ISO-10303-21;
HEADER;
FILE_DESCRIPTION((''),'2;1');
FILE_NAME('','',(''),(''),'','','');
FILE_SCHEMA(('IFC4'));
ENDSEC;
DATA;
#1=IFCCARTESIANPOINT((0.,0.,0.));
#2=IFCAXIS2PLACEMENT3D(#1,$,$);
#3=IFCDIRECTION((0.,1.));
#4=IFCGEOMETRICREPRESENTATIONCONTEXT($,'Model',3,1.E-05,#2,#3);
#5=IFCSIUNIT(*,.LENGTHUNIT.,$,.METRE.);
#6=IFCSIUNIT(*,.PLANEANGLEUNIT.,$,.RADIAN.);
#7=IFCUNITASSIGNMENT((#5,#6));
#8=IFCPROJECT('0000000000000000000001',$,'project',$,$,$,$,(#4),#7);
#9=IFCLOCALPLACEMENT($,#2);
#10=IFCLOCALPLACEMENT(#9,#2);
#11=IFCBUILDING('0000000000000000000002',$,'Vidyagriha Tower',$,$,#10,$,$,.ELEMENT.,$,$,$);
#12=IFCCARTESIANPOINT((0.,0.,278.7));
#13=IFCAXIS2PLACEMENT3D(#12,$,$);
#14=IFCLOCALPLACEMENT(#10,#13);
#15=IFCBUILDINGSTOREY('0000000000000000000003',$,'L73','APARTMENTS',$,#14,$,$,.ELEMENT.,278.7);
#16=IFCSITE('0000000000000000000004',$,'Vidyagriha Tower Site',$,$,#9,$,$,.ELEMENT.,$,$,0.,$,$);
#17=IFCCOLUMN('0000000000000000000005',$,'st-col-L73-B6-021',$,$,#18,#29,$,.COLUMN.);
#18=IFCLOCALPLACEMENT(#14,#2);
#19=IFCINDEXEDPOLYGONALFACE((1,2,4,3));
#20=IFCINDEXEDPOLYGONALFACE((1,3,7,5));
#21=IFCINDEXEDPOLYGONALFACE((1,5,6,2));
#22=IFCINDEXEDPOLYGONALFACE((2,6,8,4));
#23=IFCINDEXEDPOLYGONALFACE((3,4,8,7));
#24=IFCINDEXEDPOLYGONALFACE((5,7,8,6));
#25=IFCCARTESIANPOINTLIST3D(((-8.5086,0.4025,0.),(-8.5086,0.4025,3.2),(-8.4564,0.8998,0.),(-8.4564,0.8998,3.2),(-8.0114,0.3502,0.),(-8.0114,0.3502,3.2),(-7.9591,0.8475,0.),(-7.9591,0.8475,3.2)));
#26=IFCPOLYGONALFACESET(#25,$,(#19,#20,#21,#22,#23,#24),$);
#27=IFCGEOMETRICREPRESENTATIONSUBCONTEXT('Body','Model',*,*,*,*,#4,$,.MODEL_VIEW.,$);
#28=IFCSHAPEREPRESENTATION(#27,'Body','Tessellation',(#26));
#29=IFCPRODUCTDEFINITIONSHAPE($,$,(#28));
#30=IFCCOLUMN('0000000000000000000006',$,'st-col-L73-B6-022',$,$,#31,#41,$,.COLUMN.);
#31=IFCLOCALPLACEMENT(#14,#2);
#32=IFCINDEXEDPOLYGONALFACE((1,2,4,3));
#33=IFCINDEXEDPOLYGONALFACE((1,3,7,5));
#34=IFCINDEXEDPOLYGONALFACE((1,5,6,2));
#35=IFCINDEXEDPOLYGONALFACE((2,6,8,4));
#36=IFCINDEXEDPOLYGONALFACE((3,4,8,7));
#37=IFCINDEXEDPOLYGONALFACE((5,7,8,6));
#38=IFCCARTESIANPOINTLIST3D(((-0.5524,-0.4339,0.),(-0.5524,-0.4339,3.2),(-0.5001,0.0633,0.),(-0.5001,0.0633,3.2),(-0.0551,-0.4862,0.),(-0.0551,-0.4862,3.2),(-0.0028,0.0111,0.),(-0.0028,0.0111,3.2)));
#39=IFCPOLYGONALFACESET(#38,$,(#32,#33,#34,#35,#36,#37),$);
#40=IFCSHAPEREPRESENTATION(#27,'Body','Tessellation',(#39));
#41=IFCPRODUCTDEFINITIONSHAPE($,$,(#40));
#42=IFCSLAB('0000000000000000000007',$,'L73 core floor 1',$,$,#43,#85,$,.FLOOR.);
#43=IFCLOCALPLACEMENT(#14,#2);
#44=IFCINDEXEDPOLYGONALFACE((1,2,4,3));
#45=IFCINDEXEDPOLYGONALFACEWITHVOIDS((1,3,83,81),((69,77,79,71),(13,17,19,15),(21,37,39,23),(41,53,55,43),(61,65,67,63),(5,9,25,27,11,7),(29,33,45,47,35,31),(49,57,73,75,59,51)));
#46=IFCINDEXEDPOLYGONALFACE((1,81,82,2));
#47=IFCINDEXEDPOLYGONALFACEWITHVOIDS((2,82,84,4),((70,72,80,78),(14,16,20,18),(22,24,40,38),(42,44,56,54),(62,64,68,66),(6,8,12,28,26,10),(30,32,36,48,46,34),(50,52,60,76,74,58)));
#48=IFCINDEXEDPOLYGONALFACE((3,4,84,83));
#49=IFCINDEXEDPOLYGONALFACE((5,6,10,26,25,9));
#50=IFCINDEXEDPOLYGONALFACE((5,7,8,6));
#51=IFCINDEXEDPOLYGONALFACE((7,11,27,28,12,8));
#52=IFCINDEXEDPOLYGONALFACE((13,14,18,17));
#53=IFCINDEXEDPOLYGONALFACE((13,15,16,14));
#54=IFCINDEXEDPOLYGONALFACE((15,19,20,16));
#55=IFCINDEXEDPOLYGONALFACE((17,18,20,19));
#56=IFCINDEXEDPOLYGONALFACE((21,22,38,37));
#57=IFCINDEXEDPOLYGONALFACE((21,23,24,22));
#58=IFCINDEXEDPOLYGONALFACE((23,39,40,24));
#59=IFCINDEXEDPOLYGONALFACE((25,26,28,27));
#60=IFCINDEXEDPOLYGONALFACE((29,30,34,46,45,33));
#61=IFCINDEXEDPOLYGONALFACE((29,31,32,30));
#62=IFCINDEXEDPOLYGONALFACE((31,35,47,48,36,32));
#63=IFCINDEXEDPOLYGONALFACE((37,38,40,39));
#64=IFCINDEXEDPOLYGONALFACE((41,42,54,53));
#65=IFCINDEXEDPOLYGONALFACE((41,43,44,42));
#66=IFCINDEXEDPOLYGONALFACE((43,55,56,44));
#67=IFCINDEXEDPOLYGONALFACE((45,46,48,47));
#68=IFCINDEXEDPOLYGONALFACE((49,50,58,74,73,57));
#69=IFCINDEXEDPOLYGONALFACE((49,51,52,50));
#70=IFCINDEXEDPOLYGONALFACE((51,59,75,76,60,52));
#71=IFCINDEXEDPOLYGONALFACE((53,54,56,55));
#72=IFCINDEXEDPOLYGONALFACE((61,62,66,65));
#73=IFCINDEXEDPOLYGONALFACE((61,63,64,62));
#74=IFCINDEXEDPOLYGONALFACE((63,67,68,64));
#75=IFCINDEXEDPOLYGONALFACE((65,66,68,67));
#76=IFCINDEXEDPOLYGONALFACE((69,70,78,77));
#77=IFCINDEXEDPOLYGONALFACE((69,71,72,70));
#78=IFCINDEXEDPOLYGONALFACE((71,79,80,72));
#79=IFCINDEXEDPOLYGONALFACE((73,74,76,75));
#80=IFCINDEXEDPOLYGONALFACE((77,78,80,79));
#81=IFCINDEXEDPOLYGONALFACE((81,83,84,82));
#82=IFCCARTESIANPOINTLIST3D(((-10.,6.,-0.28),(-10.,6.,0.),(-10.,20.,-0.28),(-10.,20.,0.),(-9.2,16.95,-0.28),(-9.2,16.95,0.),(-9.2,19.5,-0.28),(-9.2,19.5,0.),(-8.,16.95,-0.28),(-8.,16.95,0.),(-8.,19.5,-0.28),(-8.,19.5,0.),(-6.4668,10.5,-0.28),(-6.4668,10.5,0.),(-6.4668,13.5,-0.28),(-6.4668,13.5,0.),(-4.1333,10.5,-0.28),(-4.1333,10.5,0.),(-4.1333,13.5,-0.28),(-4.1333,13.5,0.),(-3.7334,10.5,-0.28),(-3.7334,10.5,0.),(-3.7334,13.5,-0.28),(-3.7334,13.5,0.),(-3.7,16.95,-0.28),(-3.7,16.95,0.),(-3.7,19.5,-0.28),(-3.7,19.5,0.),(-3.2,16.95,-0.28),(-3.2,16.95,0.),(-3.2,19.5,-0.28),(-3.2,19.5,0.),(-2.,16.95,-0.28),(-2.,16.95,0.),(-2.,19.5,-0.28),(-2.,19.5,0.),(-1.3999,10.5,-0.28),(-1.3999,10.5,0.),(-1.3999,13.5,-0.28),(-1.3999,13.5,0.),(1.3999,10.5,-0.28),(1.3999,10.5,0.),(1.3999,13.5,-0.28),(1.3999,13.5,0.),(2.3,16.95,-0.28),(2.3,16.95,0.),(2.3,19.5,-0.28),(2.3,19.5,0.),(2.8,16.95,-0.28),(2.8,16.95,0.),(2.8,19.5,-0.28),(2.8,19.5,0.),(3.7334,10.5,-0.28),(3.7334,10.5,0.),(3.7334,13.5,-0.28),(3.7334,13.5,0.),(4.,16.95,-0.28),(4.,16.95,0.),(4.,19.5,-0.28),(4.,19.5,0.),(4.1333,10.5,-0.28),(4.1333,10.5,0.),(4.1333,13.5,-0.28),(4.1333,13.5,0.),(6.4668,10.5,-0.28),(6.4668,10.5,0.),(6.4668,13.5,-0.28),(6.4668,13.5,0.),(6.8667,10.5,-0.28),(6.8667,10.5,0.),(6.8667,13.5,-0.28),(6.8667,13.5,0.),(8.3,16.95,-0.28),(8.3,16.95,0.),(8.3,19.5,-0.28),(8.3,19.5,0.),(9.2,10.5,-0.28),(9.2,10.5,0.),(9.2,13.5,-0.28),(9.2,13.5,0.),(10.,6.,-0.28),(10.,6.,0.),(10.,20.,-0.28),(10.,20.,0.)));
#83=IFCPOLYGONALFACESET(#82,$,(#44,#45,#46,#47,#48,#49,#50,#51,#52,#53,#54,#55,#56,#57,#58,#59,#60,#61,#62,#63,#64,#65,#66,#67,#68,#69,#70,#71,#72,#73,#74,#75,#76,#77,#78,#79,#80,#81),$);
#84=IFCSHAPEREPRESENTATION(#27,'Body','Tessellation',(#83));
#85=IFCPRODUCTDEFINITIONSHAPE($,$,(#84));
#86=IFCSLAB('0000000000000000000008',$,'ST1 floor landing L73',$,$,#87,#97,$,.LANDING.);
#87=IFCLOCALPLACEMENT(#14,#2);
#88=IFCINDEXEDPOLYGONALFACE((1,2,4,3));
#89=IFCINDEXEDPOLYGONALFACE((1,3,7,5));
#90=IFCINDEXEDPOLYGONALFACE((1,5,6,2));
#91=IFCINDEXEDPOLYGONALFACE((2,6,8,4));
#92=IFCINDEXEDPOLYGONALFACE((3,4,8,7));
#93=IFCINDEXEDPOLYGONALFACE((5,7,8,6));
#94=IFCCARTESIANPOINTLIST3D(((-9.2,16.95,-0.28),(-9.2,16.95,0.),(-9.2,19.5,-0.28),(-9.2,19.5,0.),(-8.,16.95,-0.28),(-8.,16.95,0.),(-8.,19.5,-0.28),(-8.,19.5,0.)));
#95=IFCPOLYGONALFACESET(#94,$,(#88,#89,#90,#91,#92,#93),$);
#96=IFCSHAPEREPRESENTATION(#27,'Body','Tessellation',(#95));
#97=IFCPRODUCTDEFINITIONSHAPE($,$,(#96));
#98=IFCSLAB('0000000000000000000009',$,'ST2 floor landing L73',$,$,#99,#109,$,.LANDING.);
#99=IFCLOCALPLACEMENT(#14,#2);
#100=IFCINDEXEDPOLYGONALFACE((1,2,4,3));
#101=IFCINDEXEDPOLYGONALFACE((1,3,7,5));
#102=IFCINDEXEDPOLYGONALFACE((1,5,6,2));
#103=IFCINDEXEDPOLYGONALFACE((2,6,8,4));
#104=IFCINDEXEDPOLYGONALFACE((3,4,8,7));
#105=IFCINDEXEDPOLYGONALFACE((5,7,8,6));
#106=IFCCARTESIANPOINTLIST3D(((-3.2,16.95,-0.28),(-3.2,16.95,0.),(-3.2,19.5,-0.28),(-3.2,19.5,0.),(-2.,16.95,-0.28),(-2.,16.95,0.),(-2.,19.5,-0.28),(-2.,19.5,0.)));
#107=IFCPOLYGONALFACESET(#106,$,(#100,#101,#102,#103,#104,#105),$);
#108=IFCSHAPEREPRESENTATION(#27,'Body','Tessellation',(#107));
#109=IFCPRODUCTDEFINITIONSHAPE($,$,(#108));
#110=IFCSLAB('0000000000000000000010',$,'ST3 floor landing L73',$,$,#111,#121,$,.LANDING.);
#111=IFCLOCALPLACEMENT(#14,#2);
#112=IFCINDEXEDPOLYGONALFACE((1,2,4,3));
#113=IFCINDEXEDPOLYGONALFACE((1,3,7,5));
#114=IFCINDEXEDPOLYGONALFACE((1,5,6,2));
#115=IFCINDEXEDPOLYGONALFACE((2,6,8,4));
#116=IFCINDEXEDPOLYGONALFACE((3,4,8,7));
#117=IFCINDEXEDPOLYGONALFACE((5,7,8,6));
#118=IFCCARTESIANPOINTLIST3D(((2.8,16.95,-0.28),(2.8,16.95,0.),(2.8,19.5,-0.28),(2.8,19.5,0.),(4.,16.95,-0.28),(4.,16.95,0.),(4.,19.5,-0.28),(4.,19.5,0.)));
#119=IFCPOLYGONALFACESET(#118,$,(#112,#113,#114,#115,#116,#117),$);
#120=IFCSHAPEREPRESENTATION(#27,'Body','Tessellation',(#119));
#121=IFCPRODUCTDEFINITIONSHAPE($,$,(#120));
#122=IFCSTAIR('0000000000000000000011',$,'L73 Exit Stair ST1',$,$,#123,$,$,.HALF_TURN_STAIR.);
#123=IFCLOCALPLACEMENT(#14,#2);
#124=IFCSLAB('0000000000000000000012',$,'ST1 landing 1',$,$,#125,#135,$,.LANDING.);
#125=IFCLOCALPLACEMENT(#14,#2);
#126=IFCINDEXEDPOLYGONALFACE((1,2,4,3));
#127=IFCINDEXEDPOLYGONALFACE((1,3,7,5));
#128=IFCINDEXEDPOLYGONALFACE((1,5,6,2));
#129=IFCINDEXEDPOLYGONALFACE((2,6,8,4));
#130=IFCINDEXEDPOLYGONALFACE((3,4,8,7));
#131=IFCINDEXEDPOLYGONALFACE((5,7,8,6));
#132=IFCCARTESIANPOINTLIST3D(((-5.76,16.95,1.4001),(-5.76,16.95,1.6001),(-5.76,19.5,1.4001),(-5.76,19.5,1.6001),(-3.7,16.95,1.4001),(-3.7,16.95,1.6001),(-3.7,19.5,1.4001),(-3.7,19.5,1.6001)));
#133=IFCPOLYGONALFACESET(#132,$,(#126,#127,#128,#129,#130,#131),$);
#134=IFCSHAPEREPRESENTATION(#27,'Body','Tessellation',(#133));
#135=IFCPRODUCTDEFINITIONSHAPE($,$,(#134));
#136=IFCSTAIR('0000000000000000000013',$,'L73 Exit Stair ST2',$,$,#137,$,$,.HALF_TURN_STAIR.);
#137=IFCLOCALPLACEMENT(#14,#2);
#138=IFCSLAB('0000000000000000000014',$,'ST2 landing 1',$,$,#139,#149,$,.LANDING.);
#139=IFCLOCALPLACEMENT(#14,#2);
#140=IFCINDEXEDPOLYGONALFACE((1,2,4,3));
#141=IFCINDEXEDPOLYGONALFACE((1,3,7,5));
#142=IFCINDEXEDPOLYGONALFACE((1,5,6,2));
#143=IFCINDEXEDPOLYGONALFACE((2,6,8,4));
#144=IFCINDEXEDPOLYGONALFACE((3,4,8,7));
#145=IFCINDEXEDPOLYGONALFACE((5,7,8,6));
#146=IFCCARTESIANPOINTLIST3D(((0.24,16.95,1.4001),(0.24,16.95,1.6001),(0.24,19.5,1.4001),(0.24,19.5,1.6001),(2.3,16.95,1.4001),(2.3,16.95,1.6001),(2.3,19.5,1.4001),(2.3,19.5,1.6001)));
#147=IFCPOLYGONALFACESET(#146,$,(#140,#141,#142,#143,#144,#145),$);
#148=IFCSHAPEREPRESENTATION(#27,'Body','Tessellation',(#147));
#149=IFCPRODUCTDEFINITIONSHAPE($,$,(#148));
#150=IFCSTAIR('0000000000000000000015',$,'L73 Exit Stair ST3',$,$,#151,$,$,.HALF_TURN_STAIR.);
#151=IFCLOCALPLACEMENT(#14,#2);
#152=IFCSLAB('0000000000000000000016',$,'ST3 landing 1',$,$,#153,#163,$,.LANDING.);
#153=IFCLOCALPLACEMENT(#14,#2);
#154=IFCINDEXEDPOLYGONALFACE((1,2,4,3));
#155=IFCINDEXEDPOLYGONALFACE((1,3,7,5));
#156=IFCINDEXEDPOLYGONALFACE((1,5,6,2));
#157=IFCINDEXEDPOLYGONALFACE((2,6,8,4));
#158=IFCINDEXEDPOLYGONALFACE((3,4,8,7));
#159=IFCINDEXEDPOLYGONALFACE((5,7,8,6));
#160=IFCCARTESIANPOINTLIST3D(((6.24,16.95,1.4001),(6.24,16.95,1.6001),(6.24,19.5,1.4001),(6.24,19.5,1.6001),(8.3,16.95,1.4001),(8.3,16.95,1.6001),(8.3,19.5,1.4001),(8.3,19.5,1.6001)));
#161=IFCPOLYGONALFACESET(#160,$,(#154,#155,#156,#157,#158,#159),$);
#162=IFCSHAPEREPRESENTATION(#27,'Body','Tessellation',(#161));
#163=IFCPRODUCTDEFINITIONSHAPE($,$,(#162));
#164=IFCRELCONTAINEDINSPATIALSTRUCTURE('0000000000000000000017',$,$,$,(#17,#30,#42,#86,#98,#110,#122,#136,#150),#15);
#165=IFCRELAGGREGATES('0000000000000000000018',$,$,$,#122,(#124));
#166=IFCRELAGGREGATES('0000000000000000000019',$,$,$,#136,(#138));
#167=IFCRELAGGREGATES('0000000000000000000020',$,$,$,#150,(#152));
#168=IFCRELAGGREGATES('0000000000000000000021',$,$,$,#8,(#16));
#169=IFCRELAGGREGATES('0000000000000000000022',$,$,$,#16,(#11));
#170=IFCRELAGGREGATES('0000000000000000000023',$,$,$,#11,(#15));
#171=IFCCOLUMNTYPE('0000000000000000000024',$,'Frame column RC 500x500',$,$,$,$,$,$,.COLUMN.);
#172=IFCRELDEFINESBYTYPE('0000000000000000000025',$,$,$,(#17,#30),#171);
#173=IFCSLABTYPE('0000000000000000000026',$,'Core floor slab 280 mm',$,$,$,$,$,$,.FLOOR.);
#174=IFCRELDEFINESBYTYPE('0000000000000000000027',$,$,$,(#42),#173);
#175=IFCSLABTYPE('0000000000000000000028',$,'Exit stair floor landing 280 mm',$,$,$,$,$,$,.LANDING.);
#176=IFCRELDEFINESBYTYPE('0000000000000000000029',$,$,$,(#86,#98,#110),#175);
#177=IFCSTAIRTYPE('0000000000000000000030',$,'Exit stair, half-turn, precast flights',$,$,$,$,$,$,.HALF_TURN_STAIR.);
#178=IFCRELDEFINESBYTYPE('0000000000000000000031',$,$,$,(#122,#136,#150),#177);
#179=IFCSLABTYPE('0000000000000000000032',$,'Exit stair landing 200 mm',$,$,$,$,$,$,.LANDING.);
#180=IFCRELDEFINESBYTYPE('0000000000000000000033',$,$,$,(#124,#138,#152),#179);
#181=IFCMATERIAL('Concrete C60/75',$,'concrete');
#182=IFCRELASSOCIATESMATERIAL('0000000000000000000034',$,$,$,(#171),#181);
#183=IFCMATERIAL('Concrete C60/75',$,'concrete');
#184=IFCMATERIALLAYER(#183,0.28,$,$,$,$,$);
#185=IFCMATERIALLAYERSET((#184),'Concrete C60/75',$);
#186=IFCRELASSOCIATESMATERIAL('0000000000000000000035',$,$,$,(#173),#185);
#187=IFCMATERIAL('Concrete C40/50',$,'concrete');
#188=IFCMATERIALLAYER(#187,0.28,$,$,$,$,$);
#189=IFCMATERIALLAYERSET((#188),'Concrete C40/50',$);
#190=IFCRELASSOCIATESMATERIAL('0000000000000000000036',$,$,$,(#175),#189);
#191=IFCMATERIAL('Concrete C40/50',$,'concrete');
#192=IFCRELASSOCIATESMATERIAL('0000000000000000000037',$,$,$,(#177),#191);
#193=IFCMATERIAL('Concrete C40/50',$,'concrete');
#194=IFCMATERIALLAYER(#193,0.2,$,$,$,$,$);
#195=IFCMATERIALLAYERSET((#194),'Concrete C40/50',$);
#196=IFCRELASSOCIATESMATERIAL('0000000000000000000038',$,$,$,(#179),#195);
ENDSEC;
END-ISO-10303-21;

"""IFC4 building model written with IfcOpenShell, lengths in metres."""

from ifc_helpers import new_model, si_unit, direction, frame, origin, origin_2d, place, context, subcontext, project, spatial, polyline, rectangle, outline, extrude, material, layer, layer_set, material_profile, profile_set, type_object, element, aggregate, save


model = new_model("IFC4")

# Units and contexts
model_context = context("Model", 3, precision=1e-05, world=origin(), true_north=direction((0.0, 1.0)))
body_context = subcontext(model_context, "Body", "Model", "MODEL_VIEW")
ifc_project = project(units=[si_unit("LENGTHUNIT", "METRE"), si_unit("PLANEANGLEUNIT", "RADIAN")], contexts=[model_context])

# Site, building, storey
site_placement = place(None, origin())
site = spatial("IfcSite", under=ifc_project, at=site_placement, Name="Vidyagriha Tower Site", CompositionType="ELEMENT", RefElevation=0.0)
building_placement = place(site_placement, origin())
building = spatial("IfcBuilding", under=site, at=building_placement, Name="Vidyagriha Tower", CompositionType="ELEMENT")
storey_placement = place(building_placement, frame((0.0, 0.0, 278.7)))
storey = spatial("IfcBuildingStorey", under=building, at=storey_placement, Name="L73", Description="APARTMENTS", CompositionType="ELEMENT", Elevation=278.7)

# Columns
ifc_material_1 = material(Name="Concrete C60/75", Category="concrete")
ifc_material_profile = material_profile(ifc_material_1, rectangle(XDim=0.5, YDim=0.5, at=origin_2d()), Name="RC 500x500")
ifc_profile_set = profile_set([ifc_material_profile], Name="Concrete C60/75")
column_type = type_object("IfcColumnType", Name="Frame column RC 500x500", PredefinedType="COLUMN", material=ifc_profile_set)
for number, where, z_axis, x_axis, name in (
    (1, (-8.2339, 0.625, 0.0), (0.0, 0.0, 1.0), (0.994522, -0.104528, 0.0), "st-col-L73-B6-021"),
    (2, (-0.2776, -0.2114, 0.0), (0.0, 0.0, 1.0), (0.994522, -0.104528, 0.0), "st-col-L73-B6-022"),
):
    element("IfcColumn", number, at=place(storey_placement, frame(where, z_axis=z_axis, x_axis=x_axis)), inside=storey, type_object=column_type, Name=name, PredefinedType="COLUMN", context=body_context, shape_type="SweptSolid", body=[
        extrude(rectangle(XDim=0.5, YDim=0.5, at=origin_2d()), origin(), (0.0, 0.0, 1.0), 3.2),
    ])

# Slabs
ifc_material_2 = material(Name="Concrete C60/75", Category="concrete")
ifc_layer_1 = layer(ifc_material_2, 0.28)
ifc_layer_set_1 = layer_set([ifc_layer_1], Name="Concrete C60/75")
slab_type_1 = type_object("IfcSlabType", Name="Core floor slab 280 mm", PredefinedType="FLOOR", material=ifc_layer_set_1)
slab_1_placement = place(storey_placement, frame((0.0, 0.0, -0.28)))
element("IfcSlab", 3, at=slab_1_placement, inside=storey, type_object=slab_type_1, Name="L73 core floor 1", PredefinedType="FLOOR", context=body_context, shape_type="SweptSolid", body=[
    extrude(outline(polyline([(-10.0, 6.0), (-10.0, 20.0), (10.0, 20.0), (10.0, 6.0), (-10.0, 6.0)]), holes=[polyline([(6.8667, 13.5), (6.8667, 10.5), (9.2, 10.5), (9.2, 13.5), (6.8667, 13.5)]), polyline([(4.0, 19.5), (2.8, 19.5), (2.8, 16.95), (4.0, 16.95), (8.3, 16.95), (8.3, 19.5), (4.0, 19.5)]), polyline([(6.4668, 13.5), (4.1333, 13.5), (4.1333, 10.5), (6.4668, 10.5), (6.4668, 13.5)]), polyline([(3.7334, 13.5), (1.3999, 13.5), (1.3999, 10.5), (3.7334, 10.5), (3.7334, 13.5)]), polyline([(-2.0, 16.95), (2.3, 16.95), (2.3, 19.5), (-2.0, 19.5), (-3.2, 19.5), (-3.2, 16.95), (-2.0, 16.95)]), polyline([(-3.7334, 13.5), (-3.7334, 10.5), (-1.3999, 10.5), (-1.3999, 13.5), (-3.7334, 13.5)]), polyline([(-9.2, 19.5), (-9.2, 16.95), (-8.0, 16.95), (-3.7, 16.95), (-3.7, 19.5), (-8.0, 19.5), (-9.2, 19.5)]), polyline([(-6.4668, 13.5), (-6.4668, 10.5), (-4.1333, 10.5), (-4.1333, 13.5), (-6.4668, 13.5)])]), origin(), (0.0, 0.0, 1.0), 0.28),
])
ifc_material_3 = material(Name="Concrete C40/50", Category="concrete")
ifc_layer_2 = layer(ifc_material_3, 0.28)
ifc_layer_set_2 = layer_set([ifc_layer_2], Name="Concrete C40/50")
slab_type_2 = type_object("IfcSlabType", Name="Exit stair floor landing 280 mm", PredefinedType="LANDING", material=ifc_layer_set_2)
slab_2_placement = place(storey_placement, frame((0.0, 0.0, -0.28)))
element("IfcSlab", 4, at=slab_2_placement, inside=storey, type_object=slab_type_2, Name="ST1 floor landing L73", PredefinedType="LANDING", context=body_context, shape_type="SweptSolid", body=[
    extrude(outline(polyline([(-9.2, 16.95), (-8.0, 16.95), (-8.0, 19.5), (-9.2, 19.5), (-9.2, 16.95)])), origin(), (0.0, 0.0, 1.0), 0.28),
])
slab_3_placement = place(storey_placement, frame((0.0, 0.0, -0.28)))
element("IfcSlab", 5, at=slab_3_placement, inside=storey, type_object=slab_type_2, Name="ST2 floor landing L73", PredefinedType="LANDING", context=body_context, shape_type="SweptSolid", body=[
    extrude(outline(polyline([(-3.2, 16.95), (-2.0, 16.95), (-2.0, 19.5), (-3.2, 19.5), (-3.2, 16.95)])), origin(), (0.0, 0.0, 1.0), 0.28),
])
slab_4_placement = place(storey_placement, frame((0.0, 0.0, -0.28)))
element("IfcSlab", 6, at=slab_4_placement, inside=storey, type_object=slab_type_2, Name="ST3 floor landing L73", PredefinedType="LANDING", context=body_context, shape_type="SweptSolid", body=[
    extrude(outline(polyline([(2.8, 16.95), (4.0, 16.95), (4.0, 19.5), (2.8, 19.5), (2.8, 16.95)])), origin(), (0.0, 0.0, 1.0), 0.28),
])

# Stairs, slabs
ifc_material_4 = material(Name="Concrete C40/50", Category="concrete")
stair_type = type_object("IfcStairType", Name="Exit stair, half-turn, precast flights", PredefinedType="HALF_TURN_STAIR", material=ifc_material_4)
stair_1_placement = place(storey_placement, origin())
stair_1 = element("IfcStair", 7, at=stair_1_placement, inside=storey, type_object=stair_type, Name="L73 Exit Stair ST1", PredefinedType="HALF_TURN_STAIR")
ifc_material_5 = material(Name="Concrete C40/50", Category="concrete")
ifc_layer_3 = layer(ifc_material_5, 0.2)
ifc_layer_set_3 = layer_set([ifc_layer_3], Name="Concrete C40/50")
slab_type_3 = type_object("IfcSlabType", Name="Exit stair landing 200 mm", PredefinedType="LANDING", material=ifc_layer_set_3)
slab_5_placement = place(storey_placement, frame((0.0, 0.0, 1.4001)))
slab_5 = element("IfcSlab", 8, at=slab_5_placement, type_object=slab_type_3, Name="ST1 landing 1", PredefinedType="LANDING", context=body_context, shape_type="SweptSolid", body=[
    extrude(outline(polyline([(-5.76, 16.95), (-3.7, 16.95), (-3.7, 19.5), (-5.76, 19.5), (-5.76, 16.95)])), origin(), (0.0, 0.0, 1.0), 0.2),
])
aggregate(stair_1, [slab_5])
stair_2_placement = place(storey_placement, origin())
stair_2 = element("IfcStair", 9, at=stair_2_placement, inside=storey, type_object=stair_type, Name="L73 Exit Stair ST2", PredefinedType="HALF_TURN_STAIR")
slab_6_placement = place(storey_placement, frame((0.0, 0.0, 1.4001)))
slab_6 = element("IfcSlab", 10, at=slab_6_placement, type_object=slab_type_3, Name="ST2 landing 1", PredefinedType="LANDING", context=body_context, shape_type="SweptSolid", body=[
    extrude(outline(polyline([(0.24, 16.95), (2.3, 16.95), (2.3, 19.5), (0.24, 19.5), (0.24, 16.95)])), origin(), (0.0, 0.0, 1.0), 0.2),
])
aggregate(stair_2, [slab_6])
stair_3_placement = place(storey_placement, origin())
stair_3 = element("IfcStair", 11, at=stair_3_placement, inside=storey, type_object=stair_type, Name="L73 Exit Stair ST3", PredefinedType="HALF_TURN_STAIR")
slab_7_placement = place(storey_placement, frame((0.0, 0.0, 1.4001)))
slab_7 = element("IfcSlab", 12, at=slab_7_placement, type_object=slab_type_3, Name="ST3 landing 1", PredefinedType="LANDING", context=body_context, shape_type="SweptSolid", body=[
    extrude(outline(polyline([(6.24, 16.95), (8.3, 16.95), (8.3, 19.5), (6.24, 19.5), (6.24, 16.95)])), origin(), (0.0, 0.0, 1.0), 0.2),
])
aggregate(stair_3, [slab_7])

save(model, "model.ifc")
